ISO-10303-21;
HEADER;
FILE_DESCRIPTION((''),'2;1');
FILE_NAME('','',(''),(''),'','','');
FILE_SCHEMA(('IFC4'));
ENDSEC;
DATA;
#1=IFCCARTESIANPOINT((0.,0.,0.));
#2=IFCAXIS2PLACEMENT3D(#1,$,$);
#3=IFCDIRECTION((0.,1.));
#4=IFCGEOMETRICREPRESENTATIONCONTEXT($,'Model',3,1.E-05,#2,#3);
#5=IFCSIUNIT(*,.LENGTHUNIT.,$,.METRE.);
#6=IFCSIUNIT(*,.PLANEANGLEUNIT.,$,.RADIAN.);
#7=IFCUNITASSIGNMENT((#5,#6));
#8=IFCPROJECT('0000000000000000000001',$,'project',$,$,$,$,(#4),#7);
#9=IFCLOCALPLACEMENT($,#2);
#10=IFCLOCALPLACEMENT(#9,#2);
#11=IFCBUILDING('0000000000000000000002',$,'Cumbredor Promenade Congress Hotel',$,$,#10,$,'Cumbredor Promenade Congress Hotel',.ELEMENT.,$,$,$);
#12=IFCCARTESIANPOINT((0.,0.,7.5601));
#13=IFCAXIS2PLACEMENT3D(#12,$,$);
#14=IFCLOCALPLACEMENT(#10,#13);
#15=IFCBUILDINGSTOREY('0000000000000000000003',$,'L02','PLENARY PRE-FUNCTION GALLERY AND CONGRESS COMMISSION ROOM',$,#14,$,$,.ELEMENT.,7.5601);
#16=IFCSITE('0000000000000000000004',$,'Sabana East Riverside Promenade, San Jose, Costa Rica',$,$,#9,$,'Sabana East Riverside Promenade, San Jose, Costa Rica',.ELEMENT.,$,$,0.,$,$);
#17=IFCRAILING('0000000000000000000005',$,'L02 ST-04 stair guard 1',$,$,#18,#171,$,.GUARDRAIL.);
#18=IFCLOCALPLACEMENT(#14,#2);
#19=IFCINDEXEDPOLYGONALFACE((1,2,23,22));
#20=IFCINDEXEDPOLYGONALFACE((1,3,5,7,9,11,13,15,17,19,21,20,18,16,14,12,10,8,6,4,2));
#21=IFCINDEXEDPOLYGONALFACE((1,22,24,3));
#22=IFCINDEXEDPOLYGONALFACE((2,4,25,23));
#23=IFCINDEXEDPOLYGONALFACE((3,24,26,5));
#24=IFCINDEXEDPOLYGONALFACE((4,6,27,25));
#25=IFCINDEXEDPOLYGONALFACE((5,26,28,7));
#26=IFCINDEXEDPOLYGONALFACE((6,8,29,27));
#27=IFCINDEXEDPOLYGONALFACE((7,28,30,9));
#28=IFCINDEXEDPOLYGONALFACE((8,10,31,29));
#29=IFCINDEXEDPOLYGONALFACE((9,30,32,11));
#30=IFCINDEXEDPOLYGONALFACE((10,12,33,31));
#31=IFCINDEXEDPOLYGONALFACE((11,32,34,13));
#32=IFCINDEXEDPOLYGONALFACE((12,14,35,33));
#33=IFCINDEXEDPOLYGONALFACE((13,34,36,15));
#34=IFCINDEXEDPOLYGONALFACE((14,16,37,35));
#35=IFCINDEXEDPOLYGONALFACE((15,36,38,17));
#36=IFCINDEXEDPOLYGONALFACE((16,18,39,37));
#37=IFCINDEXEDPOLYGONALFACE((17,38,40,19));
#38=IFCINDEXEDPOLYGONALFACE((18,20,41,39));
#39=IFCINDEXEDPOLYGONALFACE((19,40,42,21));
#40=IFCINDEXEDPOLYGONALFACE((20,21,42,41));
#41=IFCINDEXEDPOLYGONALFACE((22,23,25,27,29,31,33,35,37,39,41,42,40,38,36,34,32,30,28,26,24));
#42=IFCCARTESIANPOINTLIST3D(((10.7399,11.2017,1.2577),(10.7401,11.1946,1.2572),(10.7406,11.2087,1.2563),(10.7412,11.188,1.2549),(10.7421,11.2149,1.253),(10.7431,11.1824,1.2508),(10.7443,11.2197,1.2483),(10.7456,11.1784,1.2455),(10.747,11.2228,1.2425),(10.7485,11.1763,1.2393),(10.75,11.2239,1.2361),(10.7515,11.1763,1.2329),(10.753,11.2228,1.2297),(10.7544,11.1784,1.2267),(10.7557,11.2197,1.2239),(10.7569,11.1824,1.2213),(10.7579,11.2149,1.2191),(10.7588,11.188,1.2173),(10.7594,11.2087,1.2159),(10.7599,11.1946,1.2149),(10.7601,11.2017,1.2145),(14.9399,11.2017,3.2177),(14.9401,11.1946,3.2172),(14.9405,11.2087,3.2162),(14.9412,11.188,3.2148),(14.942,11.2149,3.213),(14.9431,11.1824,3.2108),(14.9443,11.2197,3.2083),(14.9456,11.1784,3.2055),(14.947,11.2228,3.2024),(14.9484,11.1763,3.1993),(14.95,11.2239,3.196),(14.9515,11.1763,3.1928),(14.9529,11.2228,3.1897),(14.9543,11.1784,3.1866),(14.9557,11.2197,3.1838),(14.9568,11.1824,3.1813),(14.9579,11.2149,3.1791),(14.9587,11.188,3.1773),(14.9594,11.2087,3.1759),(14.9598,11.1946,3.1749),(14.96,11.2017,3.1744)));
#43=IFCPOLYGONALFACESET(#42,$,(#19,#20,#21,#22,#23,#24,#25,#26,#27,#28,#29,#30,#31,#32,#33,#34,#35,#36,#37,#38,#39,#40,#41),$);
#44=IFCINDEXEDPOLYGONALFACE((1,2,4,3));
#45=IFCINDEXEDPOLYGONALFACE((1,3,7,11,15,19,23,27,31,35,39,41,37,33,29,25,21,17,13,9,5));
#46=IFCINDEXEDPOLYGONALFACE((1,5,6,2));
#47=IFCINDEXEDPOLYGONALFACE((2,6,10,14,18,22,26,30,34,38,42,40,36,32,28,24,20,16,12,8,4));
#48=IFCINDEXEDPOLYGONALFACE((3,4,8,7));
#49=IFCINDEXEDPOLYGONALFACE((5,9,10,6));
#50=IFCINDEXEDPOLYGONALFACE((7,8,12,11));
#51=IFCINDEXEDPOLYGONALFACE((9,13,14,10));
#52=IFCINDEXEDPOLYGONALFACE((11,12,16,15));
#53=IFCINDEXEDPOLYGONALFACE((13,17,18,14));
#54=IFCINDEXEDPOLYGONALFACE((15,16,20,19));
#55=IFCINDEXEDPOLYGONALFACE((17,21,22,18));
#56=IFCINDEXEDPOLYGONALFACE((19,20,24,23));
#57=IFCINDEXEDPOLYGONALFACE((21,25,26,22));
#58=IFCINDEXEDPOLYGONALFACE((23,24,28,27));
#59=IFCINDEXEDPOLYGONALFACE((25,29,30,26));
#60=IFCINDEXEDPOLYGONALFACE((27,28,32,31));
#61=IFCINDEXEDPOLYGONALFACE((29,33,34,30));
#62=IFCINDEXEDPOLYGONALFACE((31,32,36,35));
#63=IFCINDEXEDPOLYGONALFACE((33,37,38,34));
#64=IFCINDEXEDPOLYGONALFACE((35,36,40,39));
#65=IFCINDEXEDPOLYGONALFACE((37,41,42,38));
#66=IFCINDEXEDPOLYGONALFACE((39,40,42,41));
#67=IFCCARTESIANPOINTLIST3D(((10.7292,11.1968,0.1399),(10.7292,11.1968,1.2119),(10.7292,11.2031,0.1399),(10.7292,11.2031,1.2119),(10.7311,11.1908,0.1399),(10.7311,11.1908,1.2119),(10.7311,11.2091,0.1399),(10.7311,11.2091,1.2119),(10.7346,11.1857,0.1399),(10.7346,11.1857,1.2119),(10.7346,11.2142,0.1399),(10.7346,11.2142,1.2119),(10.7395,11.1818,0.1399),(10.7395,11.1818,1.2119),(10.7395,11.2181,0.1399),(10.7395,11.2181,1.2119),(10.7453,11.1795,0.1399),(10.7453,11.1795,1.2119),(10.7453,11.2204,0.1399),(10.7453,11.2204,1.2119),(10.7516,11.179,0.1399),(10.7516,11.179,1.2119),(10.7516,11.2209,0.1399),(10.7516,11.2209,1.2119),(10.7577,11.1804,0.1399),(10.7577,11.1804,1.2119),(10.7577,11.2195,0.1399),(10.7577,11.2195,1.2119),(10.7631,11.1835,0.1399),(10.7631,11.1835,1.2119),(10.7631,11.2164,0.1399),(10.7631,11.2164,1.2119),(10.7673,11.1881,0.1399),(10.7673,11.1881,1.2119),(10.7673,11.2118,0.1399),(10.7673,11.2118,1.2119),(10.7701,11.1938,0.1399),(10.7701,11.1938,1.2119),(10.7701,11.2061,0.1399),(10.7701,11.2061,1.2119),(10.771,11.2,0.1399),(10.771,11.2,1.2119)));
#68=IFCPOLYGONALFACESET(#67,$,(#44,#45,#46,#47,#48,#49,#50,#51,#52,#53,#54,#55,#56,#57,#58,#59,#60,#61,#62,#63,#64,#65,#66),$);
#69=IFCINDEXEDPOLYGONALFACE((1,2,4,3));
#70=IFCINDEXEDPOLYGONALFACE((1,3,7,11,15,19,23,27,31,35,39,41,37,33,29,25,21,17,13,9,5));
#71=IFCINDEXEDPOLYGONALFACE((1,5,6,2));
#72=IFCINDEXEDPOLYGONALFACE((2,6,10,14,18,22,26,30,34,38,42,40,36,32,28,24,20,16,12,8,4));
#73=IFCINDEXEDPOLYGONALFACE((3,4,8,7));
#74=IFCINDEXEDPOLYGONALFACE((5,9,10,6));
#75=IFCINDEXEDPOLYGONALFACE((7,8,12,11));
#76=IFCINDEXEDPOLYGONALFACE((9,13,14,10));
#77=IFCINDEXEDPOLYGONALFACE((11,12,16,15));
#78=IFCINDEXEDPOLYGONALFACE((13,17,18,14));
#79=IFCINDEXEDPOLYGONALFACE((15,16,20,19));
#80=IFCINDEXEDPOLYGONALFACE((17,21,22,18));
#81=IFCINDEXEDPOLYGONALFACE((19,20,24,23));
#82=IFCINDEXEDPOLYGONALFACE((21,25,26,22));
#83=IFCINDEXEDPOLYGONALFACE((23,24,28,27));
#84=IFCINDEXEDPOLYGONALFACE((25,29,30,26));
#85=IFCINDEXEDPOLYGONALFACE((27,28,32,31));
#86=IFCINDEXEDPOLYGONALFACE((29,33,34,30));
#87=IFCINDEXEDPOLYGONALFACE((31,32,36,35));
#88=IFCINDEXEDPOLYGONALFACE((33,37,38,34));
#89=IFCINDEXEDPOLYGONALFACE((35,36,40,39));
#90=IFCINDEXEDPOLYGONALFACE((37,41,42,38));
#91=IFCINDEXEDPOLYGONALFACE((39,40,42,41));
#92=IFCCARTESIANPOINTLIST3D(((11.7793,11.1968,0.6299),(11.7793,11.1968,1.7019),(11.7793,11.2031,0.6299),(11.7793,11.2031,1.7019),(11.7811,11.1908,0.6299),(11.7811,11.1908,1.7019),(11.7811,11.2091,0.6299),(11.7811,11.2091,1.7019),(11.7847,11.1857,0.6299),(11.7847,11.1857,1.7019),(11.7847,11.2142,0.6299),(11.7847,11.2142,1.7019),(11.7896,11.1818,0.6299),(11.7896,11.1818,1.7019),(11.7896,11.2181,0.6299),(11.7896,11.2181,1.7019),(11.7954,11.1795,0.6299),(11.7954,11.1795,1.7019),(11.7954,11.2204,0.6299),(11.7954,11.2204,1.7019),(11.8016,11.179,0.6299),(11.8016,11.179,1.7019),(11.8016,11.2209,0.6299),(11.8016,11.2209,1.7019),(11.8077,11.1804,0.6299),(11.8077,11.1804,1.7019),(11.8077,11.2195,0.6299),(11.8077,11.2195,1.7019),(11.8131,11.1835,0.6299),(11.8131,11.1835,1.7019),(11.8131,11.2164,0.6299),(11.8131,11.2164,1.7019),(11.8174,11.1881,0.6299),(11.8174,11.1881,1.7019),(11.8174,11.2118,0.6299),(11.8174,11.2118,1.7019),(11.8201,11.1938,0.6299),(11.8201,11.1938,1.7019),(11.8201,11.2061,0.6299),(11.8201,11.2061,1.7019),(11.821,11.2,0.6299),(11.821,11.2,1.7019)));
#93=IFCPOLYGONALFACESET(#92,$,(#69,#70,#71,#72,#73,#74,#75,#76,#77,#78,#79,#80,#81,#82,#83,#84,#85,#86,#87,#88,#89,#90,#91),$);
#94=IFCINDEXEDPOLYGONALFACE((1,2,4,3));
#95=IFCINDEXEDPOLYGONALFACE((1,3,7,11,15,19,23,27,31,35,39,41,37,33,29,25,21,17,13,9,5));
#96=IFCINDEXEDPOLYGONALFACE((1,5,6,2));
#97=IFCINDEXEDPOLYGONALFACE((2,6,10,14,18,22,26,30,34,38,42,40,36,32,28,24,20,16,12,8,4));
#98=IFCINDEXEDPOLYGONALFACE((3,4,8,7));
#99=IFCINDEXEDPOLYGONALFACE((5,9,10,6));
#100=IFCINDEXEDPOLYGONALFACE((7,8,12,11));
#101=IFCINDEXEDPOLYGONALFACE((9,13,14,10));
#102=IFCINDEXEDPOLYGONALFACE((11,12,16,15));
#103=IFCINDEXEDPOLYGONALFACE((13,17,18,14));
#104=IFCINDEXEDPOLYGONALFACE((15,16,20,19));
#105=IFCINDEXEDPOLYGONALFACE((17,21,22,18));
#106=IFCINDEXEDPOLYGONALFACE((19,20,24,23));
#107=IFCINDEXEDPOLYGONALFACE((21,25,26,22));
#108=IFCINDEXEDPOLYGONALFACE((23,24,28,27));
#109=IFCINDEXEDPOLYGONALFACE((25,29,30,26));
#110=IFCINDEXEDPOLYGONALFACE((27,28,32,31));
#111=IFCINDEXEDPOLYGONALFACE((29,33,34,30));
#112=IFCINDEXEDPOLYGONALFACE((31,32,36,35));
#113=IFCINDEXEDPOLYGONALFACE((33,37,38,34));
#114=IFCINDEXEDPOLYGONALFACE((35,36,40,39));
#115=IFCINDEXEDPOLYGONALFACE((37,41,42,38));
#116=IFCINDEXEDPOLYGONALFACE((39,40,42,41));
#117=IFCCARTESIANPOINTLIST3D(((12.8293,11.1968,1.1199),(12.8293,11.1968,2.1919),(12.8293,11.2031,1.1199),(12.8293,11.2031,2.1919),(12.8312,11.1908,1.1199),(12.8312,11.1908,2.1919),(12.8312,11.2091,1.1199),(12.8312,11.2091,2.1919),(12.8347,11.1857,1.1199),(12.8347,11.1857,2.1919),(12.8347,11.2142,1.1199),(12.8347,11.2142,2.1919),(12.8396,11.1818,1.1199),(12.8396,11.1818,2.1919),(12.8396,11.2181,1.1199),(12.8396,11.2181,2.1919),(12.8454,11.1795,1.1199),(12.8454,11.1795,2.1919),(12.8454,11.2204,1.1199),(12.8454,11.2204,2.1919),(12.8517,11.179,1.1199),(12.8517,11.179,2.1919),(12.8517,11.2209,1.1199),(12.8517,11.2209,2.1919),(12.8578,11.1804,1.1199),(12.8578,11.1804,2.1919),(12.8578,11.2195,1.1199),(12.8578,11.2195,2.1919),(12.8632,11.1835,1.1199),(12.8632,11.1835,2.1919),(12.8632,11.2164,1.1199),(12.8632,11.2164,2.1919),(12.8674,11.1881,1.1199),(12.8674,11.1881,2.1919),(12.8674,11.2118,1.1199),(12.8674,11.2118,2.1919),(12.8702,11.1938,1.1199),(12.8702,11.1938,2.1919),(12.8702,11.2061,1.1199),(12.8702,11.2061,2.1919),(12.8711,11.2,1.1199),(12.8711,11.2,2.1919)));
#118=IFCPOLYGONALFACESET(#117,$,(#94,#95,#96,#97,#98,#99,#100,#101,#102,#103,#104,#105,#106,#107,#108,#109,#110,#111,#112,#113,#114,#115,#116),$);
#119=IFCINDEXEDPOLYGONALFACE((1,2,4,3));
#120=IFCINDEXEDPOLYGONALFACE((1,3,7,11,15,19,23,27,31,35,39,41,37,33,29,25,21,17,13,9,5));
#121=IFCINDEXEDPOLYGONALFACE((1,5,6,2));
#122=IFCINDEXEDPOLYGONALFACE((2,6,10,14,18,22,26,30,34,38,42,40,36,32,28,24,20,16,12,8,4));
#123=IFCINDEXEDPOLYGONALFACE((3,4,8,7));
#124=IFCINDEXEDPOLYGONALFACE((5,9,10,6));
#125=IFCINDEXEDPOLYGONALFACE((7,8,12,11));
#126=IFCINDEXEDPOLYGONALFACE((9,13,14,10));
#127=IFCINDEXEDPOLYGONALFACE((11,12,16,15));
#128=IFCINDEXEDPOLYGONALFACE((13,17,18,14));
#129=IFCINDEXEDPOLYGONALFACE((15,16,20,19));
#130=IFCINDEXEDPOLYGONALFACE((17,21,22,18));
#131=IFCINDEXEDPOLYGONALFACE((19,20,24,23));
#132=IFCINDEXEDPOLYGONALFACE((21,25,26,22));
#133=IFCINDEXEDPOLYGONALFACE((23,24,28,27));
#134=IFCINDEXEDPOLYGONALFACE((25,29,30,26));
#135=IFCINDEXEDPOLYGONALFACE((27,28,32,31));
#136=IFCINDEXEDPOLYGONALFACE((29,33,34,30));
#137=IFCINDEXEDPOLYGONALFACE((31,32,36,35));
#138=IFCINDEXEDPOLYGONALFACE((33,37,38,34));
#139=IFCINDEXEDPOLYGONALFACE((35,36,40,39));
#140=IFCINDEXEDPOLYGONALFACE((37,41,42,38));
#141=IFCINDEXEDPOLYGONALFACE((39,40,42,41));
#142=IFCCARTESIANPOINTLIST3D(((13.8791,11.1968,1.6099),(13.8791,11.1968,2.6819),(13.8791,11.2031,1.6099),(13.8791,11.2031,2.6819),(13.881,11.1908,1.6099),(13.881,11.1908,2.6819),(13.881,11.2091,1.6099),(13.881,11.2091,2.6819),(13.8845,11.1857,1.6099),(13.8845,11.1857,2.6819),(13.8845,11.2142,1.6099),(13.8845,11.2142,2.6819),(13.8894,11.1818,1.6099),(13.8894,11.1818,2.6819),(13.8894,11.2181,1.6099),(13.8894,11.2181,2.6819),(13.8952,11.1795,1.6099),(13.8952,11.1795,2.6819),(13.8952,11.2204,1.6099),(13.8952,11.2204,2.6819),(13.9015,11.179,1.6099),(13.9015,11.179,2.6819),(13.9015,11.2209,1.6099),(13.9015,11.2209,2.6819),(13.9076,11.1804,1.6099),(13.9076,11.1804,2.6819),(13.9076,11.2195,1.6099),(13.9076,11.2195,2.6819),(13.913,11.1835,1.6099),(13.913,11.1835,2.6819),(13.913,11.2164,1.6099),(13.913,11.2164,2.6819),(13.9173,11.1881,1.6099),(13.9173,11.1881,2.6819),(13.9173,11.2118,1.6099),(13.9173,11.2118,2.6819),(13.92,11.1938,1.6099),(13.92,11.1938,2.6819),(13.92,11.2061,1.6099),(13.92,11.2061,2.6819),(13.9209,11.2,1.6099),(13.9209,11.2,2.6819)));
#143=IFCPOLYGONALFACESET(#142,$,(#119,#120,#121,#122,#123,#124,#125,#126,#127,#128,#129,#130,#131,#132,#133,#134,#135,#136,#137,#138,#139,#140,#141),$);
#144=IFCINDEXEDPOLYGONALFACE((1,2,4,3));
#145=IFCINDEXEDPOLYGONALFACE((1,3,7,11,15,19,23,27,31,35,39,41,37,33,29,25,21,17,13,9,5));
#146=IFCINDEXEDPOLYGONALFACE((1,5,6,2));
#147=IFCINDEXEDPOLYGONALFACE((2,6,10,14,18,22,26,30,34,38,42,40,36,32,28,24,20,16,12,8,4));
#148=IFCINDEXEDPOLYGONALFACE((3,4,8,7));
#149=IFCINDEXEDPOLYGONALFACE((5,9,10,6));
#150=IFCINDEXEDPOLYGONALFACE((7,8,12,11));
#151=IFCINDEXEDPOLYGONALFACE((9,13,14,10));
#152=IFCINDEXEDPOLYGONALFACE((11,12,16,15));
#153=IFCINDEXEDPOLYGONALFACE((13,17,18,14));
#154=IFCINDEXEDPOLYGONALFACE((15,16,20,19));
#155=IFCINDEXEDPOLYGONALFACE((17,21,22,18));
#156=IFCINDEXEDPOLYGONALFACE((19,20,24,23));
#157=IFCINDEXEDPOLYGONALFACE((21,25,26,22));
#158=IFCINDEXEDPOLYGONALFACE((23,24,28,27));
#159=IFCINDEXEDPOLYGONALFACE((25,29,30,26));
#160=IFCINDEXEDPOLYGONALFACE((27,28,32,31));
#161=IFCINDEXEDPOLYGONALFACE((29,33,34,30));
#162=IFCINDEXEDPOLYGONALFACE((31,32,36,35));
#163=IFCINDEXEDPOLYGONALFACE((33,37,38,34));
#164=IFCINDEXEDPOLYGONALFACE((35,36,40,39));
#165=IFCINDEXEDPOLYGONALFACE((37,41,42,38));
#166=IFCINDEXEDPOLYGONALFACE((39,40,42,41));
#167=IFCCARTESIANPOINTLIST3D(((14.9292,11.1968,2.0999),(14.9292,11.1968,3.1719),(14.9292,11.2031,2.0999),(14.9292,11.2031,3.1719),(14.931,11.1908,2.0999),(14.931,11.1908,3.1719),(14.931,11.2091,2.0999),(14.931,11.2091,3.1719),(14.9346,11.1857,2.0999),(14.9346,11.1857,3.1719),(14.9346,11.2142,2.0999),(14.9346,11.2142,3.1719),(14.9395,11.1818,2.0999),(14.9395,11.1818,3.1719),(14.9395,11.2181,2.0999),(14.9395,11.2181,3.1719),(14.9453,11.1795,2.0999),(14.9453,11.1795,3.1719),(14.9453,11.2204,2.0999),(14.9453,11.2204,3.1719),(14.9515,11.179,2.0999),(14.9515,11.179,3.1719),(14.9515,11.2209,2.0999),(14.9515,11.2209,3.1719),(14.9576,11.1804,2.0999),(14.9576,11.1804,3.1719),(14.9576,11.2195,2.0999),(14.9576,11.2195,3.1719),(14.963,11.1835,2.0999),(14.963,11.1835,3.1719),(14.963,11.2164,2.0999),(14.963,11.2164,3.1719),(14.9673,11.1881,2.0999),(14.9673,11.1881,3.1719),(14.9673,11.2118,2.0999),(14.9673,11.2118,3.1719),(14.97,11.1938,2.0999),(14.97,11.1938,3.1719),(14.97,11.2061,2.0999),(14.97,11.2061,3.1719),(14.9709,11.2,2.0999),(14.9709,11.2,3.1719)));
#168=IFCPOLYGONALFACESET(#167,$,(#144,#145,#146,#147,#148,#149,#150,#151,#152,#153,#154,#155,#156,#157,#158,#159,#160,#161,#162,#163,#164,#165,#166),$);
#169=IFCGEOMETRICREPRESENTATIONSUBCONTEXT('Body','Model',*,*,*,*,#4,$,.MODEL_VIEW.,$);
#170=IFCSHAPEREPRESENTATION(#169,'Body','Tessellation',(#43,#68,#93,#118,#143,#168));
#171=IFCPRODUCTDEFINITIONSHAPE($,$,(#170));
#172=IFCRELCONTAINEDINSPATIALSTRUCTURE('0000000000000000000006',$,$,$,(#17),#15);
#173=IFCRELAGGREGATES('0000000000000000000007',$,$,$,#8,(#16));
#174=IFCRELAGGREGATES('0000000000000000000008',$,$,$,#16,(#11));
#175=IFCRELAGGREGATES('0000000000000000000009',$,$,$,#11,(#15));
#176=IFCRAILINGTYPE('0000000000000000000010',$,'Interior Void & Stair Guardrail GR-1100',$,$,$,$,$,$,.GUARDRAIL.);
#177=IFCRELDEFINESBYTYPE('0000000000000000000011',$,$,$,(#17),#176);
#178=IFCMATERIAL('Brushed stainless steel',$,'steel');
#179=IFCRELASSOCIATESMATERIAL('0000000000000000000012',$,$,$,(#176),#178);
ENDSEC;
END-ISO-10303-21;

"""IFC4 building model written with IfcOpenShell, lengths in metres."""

from ifc_helpers import new_model, si_unit, direction, frame, origin, origin_2d, place, context, subcontext, project, spatial, circle, extrude, material, type_object, element, save


model = new_model("IFC4")

# Units and contexts
model_context = context("Model", 3, precision=1e-05, world=origin(), true_north=direction((0.0, 1.0)))
body_context = subcontext(model_context, "Body", "Model", "MODEL_VIEW")
ifc_project = project(units=[si_unit("LENGTHUNIT", "METRE"), si_unit("PLANEANGLEUNIT", "RADIAN")], contexts=[model_context])

# Site, building, storey
site_placement = place(None, origin())
site = spatial("IfcSite", under=ifc_project, at=site_placement, Name="Sabana East Riverside Promenade, San Jose, Costa Rica", LongName="Sabana East Riverside Promenade, San Jose, Costa Rica", CompositionType="ELEMENT", RefElevation=0.0)
building_placement = place(site_placement, origin())
building = spatial("IfcBuilding", under=site, at=building_placement, Name="Cumbredor Promenade Congress Hotel", LongName="Cumbredor Promenade Congress Hotel", CompositionType="ELEMENT")
storey_placement = place(building_placement, frame((0.0, 0.0, 7.5601)))
storey = spatial("IfcBuildingStorey", under=building, at=storey_placement, Name="L02", Description="PLENARY PRE-FUNCTION GALLERY AND CONGRESS COMMISSION ROOM", CompositionType="ELEMENT", Elevation=7.5601)

# Shared definitions
ifc_material_1 = material(Name="Brushed stainless steel", Category="steel")

# Railing
railing_type_1 = type_object("IfcRailingType", Name="Interior Void & Stair Guardrail GR-1100", PredefinedType="GUARDRAIL", material=ifc_material_1)
railing_1_placement = place(storey_placement, frame((10.75, 11.2, 0.1399)))
element("IfcRailing", 1, at=railing_1_placement, inside=storey, type_object=railing_type_1, Name="L02 ST-04 stair guard 1", PredefinedType="GUARDRAIL", context=body_context, shape_type="SweptSolid", body=[
    extrude(circle(Radius=0.0239, at=origin_2d()), frame((0.0, 0.0, 1.0962), z_axis=(0.906184, 0.0, 0.422883), x_axis=(0.0, 1.0, 0.0)), (0.0, 0.0, 1.0), 4.6348),
    extrude(circle(Radius=0.021, at=origin_2d()), origin(), (0.0, 0.0, 1.0), 1.072),
    extrude(circle(Radius=0.021, at=origin_2d()), frame((1.05, 0.0, 0.49)), (0.0, 0.0, 1.0), 1.072),
    extrude(circle(Radius=0.021, at=origin_2d()), frame((2.1001, 0.0, 0.98)), (0.0, 0.0, 1.0), 1.072),
    extrude(circle(Radius=0.021, at=origin_2d()), frame((3.1499, 0.0, 1.47)), (0.0, 0.0, 1.0), 1.072),
    extrude(circle(Radius=0.021, at=origin_2d()), frame((4.2, 0.0, 1.96)), (0.0, 0.0, 1.0), 1.072),
])

save(model, "model.ifc")
